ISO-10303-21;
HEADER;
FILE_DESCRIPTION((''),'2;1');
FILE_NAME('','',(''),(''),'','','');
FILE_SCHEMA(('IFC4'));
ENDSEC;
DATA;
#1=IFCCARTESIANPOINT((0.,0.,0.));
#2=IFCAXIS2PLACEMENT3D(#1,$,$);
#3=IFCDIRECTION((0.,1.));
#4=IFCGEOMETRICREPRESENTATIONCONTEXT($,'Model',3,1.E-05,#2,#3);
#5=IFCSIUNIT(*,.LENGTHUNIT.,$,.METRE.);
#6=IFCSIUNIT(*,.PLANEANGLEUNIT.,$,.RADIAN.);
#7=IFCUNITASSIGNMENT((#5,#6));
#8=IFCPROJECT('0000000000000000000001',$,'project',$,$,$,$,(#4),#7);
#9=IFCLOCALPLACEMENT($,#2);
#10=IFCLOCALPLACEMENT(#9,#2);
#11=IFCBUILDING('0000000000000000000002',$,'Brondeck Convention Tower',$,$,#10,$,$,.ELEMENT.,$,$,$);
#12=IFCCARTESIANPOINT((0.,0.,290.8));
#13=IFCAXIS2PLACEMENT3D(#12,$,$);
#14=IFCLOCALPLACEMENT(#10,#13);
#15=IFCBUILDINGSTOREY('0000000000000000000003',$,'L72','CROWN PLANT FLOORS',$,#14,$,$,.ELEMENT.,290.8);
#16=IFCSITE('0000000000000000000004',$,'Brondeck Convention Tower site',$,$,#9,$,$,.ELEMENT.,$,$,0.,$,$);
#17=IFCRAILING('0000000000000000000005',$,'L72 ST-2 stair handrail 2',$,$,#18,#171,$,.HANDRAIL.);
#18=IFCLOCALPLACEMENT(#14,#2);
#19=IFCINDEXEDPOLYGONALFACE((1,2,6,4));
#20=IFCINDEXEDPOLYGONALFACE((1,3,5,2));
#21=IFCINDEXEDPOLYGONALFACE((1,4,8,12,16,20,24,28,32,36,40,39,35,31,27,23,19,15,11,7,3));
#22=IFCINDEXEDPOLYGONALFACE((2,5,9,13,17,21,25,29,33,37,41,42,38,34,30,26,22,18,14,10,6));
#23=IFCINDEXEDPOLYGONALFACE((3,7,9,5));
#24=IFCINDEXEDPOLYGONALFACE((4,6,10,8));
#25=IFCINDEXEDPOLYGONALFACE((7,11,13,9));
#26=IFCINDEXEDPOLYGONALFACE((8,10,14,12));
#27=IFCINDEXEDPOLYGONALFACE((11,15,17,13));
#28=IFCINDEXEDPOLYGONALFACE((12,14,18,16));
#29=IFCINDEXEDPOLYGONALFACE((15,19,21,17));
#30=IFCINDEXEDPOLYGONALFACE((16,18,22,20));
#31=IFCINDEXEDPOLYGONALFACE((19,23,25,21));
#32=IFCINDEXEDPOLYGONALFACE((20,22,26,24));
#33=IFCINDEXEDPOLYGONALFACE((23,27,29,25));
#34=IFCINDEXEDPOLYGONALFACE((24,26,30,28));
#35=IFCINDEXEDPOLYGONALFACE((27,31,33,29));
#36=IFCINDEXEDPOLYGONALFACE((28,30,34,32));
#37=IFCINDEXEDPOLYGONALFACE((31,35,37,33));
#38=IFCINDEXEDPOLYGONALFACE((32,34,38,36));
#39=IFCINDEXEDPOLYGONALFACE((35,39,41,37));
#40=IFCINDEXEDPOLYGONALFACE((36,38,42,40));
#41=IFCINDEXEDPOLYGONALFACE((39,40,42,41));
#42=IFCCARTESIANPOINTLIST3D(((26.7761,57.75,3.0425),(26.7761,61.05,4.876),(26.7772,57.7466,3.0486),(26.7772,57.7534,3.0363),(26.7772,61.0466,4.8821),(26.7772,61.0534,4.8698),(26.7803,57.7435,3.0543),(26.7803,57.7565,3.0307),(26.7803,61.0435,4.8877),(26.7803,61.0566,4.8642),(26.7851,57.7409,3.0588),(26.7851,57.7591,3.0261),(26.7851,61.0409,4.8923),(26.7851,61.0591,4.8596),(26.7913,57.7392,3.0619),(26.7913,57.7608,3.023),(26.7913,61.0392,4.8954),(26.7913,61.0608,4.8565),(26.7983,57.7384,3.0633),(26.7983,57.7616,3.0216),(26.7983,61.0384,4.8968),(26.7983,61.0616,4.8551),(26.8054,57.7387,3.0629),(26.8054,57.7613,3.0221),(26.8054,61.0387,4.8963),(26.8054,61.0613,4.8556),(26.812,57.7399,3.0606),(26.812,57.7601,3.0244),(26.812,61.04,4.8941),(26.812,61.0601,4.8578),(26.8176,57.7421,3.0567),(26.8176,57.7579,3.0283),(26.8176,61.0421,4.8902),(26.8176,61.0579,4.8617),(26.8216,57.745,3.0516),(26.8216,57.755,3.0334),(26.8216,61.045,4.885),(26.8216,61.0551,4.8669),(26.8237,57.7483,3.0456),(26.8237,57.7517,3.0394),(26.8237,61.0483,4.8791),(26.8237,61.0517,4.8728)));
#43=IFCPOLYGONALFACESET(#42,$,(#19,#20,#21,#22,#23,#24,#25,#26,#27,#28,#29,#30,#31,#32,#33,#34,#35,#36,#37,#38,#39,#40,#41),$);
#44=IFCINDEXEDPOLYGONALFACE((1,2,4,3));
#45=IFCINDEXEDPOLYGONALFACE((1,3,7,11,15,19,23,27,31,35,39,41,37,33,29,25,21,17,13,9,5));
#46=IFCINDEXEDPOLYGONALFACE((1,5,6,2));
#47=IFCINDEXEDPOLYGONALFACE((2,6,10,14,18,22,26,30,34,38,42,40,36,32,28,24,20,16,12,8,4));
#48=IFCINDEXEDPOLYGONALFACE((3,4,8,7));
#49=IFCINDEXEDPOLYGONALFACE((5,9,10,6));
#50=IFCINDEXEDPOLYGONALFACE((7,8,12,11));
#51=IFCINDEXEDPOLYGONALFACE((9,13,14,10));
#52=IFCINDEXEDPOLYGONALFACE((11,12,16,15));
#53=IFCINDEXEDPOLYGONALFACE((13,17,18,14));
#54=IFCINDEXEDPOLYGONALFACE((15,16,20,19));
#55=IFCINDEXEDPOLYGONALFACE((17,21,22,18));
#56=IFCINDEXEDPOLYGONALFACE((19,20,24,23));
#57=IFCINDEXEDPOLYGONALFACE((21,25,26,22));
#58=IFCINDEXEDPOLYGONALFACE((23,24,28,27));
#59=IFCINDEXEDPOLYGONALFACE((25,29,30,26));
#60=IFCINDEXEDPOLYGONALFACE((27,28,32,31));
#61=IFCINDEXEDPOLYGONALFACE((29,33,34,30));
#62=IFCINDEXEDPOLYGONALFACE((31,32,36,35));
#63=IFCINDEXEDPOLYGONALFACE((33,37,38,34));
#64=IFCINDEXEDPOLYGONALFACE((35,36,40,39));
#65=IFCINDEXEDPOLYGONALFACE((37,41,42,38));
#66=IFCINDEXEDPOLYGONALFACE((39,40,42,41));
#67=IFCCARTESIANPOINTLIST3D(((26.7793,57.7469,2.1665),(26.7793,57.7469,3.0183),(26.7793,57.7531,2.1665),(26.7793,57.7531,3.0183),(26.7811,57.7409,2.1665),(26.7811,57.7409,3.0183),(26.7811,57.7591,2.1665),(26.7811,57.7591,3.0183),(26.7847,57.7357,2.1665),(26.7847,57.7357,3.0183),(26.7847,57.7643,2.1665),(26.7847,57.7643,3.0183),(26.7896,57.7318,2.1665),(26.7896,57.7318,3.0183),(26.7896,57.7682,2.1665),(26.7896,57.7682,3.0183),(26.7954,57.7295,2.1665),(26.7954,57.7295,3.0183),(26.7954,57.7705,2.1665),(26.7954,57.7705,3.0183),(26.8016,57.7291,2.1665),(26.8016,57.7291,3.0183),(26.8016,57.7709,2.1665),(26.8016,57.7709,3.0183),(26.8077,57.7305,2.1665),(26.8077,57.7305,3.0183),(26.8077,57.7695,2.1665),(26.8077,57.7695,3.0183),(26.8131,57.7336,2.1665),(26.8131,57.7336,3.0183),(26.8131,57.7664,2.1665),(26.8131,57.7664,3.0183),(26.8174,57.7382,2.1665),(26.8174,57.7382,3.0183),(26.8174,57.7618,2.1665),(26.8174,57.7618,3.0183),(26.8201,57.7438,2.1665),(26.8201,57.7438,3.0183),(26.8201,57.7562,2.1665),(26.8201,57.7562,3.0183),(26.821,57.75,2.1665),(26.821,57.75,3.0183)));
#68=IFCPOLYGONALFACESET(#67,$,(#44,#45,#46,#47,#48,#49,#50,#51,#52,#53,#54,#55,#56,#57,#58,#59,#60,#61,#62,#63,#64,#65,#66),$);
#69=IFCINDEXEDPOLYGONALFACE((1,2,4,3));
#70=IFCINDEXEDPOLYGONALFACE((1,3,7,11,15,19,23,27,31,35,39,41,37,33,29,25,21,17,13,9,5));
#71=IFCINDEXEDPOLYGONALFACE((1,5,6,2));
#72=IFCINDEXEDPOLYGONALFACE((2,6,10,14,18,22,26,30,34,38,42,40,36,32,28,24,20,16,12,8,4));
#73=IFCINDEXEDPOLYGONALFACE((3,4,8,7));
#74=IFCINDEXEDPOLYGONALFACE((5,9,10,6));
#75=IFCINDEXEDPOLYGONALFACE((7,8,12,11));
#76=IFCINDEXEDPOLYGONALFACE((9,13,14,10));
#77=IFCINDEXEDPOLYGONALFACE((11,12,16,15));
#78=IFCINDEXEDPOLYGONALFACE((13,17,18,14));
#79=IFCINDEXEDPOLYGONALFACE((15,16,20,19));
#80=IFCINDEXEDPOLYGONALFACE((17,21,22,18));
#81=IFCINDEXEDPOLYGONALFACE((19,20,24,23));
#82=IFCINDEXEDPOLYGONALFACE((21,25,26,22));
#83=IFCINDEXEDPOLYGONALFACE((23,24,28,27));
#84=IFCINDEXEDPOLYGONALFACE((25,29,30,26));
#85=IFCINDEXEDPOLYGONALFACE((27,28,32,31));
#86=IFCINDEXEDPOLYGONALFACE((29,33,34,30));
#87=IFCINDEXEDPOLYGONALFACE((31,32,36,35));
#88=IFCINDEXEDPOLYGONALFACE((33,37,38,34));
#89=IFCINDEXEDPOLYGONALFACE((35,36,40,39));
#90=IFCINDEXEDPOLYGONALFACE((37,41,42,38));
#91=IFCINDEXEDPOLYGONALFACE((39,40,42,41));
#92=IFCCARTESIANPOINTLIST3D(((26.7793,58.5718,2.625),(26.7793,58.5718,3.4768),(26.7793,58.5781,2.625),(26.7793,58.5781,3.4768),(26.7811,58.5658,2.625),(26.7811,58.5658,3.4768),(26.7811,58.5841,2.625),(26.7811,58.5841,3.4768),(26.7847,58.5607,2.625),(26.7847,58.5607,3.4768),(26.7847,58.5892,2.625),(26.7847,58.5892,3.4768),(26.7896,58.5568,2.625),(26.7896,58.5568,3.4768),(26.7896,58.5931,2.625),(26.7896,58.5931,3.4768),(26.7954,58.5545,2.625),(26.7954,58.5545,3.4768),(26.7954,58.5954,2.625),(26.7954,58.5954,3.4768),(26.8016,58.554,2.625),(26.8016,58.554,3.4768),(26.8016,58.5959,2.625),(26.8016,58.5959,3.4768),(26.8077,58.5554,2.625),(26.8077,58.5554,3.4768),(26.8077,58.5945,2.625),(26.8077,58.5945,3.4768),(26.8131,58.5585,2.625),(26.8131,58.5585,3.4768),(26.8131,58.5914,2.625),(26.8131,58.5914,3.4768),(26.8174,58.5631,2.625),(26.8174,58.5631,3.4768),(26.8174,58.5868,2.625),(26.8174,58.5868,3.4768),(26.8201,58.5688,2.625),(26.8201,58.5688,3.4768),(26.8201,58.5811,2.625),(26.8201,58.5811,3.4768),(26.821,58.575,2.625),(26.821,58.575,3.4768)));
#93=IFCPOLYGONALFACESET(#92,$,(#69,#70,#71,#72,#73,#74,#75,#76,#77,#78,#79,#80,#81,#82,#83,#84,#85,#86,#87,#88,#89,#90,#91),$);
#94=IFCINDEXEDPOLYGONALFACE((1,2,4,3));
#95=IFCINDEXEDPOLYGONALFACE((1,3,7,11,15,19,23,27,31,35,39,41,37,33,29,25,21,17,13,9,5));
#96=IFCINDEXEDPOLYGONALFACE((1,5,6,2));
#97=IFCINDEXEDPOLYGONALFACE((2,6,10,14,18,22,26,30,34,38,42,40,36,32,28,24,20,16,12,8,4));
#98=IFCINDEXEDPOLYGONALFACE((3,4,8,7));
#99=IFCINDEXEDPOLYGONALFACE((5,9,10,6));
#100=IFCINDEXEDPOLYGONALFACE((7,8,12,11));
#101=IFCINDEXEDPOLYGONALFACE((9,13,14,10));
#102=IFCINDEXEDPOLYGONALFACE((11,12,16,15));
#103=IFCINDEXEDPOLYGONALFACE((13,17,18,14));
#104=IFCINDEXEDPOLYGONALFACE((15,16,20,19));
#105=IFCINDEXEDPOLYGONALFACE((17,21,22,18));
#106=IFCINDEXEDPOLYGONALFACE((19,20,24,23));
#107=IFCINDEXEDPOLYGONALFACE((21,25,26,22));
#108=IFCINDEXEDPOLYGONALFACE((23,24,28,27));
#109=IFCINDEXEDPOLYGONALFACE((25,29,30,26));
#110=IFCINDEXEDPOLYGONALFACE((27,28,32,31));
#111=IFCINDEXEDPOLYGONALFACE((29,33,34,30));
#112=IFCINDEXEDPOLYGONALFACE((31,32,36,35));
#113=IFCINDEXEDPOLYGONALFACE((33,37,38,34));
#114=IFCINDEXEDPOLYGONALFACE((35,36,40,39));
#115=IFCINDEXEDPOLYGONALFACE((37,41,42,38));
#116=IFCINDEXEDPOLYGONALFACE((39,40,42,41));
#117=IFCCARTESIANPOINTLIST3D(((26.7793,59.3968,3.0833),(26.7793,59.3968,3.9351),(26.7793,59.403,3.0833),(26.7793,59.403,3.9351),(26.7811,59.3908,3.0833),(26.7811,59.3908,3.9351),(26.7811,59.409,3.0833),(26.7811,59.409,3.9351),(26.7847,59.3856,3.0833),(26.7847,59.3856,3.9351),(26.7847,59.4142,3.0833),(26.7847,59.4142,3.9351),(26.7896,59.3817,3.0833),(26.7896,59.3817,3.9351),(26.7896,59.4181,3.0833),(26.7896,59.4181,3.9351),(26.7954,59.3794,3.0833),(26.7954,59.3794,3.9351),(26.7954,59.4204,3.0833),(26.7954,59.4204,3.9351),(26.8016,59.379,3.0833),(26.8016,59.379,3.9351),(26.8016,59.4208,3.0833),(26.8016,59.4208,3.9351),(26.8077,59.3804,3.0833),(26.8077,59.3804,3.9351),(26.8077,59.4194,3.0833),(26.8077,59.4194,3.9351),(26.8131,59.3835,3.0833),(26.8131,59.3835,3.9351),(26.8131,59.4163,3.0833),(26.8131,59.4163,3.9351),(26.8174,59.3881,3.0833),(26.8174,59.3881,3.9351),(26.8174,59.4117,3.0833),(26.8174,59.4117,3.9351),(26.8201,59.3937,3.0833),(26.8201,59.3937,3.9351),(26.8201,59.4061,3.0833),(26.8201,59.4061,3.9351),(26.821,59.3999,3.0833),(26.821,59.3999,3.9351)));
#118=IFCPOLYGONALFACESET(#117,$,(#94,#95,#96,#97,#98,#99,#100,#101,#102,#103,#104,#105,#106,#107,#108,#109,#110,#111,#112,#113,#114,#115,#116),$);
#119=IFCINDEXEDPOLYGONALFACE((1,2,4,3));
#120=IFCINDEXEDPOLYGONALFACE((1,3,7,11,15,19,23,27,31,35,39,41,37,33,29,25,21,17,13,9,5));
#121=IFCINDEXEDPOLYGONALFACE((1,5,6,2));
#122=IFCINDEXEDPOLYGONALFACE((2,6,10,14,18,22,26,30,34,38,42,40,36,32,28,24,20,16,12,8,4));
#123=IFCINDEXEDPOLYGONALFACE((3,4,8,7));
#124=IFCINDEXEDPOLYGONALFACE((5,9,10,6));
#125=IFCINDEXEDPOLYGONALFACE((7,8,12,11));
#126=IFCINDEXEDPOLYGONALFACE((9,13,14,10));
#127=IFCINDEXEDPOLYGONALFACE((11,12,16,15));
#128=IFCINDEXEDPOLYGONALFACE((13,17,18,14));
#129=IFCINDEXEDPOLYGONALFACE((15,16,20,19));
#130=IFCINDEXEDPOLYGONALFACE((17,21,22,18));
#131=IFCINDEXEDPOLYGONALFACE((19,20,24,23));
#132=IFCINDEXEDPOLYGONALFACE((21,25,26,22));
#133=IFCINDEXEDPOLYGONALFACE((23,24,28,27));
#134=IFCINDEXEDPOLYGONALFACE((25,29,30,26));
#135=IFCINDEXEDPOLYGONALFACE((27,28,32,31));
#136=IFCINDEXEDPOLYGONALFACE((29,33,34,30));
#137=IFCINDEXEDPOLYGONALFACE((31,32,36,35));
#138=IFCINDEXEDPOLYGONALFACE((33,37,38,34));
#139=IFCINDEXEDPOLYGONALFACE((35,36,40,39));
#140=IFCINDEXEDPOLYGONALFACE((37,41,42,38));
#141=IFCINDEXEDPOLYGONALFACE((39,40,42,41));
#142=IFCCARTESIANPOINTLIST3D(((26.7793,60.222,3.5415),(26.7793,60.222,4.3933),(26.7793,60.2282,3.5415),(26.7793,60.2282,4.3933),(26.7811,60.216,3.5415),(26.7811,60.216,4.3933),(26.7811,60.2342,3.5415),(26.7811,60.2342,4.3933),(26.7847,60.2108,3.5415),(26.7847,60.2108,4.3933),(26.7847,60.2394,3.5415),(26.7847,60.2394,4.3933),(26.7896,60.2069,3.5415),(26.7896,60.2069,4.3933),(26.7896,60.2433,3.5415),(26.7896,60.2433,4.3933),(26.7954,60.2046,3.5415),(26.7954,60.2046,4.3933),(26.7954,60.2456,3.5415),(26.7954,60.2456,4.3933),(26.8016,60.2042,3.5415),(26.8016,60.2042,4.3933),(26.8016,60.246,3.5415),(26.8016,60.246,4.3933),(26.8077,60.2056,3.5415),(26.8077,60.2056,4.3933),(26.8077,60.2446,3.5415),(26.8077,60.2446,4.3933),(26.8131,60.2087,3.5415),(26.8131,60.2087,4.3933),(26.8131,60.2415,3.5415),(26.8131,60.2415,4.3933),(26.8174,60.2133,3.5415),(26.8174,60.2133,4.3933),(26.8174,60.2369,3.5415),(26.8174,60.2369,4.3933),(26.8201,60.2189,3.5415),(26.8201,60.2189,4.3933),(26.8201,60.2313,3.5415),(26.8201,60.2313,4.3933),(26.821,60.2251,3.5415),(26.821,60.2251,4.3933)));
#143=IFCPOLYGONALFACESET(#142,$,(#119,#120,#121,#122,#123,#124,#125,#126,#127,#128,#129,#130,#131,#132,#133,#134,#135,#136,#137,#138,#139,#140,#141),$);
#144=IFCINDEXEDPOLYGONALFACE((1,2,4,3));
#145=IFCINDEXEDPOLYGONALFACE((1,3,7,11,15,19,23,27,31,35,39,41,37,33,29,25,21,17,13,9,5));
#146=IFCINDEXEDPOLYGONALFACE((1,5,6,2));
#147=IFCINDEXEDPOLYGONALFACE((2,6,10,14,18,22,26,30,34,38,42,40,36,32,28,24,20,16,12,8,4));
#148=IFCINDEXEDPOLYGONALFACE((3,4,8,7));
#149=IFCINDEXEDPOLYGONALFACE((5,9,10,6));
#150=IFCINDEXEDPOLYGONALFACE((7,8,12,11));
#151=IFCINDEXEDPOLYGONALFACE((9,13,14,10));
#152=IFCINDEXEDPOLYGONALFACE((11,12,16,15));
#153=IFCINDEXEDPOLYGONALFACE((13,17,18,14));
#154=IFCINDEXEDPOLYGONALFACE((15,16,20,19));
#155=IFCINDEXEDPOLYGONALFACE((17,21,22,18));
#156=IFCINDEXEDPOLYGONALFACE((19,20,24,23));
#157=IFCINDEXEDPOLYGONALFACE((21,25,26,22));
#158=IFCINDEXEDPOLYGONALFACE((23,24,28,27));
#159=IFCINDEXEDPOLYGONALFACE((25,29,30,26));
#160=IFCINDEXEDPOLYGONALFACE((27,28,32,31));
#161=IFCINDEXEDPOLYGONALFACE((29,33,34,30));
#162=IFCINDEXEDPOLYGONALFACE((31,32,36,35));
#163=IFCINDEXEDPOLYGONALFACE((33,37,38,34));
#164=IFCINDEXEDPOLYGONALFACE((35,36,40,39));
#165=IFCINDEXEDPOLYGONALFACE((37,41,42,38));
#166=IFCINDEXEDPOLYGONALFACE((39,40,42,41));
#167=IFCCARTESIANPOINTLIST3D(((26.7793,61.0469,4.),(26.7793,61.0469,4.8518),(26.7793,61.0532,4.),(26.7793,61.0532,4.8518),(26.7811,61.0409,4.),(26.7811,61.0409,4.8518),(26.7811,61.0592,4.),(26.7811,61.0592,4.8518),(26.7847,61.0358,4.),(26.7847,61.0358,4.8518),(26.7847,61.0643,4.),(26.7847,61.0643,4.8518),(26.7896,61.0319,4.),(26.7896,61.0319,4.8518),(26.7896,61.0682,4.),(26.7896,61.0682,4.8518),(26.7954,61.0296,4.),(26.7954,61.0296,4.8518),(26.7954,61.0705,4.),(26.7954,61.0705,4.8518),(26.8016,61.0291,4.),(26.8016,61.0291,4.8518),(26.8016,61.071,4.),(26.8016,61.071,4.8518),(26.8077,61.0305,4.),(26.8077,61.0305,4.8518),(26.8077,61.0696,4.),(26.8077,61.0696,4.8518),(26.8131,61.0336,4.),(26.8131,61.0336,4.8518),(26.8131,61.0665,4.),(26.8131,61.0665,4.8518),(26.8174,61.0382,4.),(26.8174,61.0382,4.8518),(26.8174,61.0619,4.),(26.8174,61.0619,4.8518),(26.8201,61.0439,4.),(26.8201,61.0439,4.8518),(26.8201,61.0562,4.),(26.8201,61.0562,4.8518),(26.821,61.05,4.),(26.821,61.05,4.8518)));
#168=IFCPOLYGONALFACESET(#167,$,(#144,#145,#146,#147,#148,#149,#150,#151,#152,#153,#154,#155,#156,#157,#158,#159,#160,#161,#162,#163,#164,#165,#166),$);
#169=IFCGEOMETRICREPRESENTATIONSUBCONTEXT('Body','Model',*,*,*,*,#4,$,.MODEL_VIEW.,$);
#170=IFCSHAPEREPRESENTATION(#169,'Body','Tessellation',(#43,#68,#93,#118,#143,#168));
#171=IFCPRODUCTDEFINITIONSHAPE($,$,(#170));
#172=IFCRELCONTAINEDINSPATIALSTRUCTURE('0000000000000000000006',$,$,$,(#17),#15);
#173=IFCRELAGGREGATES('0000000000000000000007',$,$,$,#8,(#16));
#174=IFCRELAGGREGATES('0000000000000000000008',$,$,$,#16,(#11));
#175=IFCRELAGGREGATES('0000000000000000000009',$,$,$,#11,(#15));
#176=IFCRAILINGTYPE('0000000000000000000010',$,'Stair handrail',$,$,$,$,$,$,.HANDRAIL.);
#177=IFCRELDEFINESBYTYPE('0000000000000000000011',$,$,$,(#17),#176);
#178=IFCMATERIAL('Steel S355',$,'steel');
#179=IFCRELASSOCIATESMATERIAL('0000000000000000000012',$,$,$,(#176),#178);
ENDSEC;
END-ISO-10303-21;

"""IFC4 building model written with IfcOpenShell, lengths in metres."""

from ifc_helpers import new_model, si_unit, direction, frame, origin, origin_2d, place, context, subcontext, project, spatial, circle, extrude, material, type_object, element, save


model = new_model("IFC4")

# Units and contexts
model_context = context("Model", 3, precision=1e-05, world=origin(), true_north=direction((0.0, 1.0)))
body_context = subcontext(model_context, "Body", "Model", "MODEL_VIEW")
ifc_project = project(units=[si_unit("LENGTHUNIT", "METRE"), si_unit("PLANEANGLEUNIT", "RADIAN")], contexts=[model_context])

# Site, building, storey
site_placement = place(None, origin())
site = spatial("IfcSite", under=ifc_project, at=site_placement, Name="Brondeck Convention Tower site", CompositionType="ELEMENT", RefElevation=0.0)
building_placement = place(site_placement, origin())
building = spatial("IfcBuilding", under=site, at=building_placement, Name="Brondeck Convention Tower", CompositionType="ELEMENT")
storey_placement = place(building_placement, frame((0.0, 0.0, 290.8)))
storey = spatial("IfcBuildingStorey", under=building, at=storey_placement, Name="L72", Description="CROWN PLANT FLOORS", CompositionType="ELEMENT", Elevation=290.8)

# Railing
ifc_material_1 = material(Name="Steel S355", Category="steel")
railing_type = type_object("IfcRailingType", Name="Stair handrail", PredefinedType="HANDRAIL", material=ifc_material_1)
railing_placement = place(storey_placement, frame((26.8, 57.75, 2.1665)))
element("IfcRailing", 1, at=railing_placement, inside=storey, type_object=railing_type, Name="L72 ST-2 stair handrail 2", PredefinedType="HANDRAIL", context=body_context, shape_type="SweptSolid", body=[
    extrude(circle(Radius=0.0239, at=origin_2d()), frame((0.0, 0.0, 0.876), z_axis=(0.0, 0.874142, 0.48567), x_axis=(-1.0, 0.0, 0.0)), (0.0, 0.0, 1.0), 3.7751),
    extrude(circle(Radius=0.021, at=origin_2d()), origin(), (0.0, 0.0, 1.0), 0.8518),
    extrude(circle(Radius=0.021, at=origin_2d()), frame((0.0, 0.825, 0.4585)), (0.0, 0.0, 1.0), 0.8518),
    extrude(circle(Radius=0.021, at=origin_2d()), frame((0.0, 1.6499, 0.9167)), (0.0, 0.0, 1.0), 0.8518),
    extrude(circle(Radius=0.021, at=origin_2d()), frame((0.0, 2.4751, 1.375)), (0.0, 0.0, 1.0), 0.8518),
    extrude(circle(Radius=0.021, at=origin_2d()), frame((0.0, 3.3, 1.8335)), (0.0, 0.0, 1.0), 0.8518),
])

save(model, "model.ifc")
